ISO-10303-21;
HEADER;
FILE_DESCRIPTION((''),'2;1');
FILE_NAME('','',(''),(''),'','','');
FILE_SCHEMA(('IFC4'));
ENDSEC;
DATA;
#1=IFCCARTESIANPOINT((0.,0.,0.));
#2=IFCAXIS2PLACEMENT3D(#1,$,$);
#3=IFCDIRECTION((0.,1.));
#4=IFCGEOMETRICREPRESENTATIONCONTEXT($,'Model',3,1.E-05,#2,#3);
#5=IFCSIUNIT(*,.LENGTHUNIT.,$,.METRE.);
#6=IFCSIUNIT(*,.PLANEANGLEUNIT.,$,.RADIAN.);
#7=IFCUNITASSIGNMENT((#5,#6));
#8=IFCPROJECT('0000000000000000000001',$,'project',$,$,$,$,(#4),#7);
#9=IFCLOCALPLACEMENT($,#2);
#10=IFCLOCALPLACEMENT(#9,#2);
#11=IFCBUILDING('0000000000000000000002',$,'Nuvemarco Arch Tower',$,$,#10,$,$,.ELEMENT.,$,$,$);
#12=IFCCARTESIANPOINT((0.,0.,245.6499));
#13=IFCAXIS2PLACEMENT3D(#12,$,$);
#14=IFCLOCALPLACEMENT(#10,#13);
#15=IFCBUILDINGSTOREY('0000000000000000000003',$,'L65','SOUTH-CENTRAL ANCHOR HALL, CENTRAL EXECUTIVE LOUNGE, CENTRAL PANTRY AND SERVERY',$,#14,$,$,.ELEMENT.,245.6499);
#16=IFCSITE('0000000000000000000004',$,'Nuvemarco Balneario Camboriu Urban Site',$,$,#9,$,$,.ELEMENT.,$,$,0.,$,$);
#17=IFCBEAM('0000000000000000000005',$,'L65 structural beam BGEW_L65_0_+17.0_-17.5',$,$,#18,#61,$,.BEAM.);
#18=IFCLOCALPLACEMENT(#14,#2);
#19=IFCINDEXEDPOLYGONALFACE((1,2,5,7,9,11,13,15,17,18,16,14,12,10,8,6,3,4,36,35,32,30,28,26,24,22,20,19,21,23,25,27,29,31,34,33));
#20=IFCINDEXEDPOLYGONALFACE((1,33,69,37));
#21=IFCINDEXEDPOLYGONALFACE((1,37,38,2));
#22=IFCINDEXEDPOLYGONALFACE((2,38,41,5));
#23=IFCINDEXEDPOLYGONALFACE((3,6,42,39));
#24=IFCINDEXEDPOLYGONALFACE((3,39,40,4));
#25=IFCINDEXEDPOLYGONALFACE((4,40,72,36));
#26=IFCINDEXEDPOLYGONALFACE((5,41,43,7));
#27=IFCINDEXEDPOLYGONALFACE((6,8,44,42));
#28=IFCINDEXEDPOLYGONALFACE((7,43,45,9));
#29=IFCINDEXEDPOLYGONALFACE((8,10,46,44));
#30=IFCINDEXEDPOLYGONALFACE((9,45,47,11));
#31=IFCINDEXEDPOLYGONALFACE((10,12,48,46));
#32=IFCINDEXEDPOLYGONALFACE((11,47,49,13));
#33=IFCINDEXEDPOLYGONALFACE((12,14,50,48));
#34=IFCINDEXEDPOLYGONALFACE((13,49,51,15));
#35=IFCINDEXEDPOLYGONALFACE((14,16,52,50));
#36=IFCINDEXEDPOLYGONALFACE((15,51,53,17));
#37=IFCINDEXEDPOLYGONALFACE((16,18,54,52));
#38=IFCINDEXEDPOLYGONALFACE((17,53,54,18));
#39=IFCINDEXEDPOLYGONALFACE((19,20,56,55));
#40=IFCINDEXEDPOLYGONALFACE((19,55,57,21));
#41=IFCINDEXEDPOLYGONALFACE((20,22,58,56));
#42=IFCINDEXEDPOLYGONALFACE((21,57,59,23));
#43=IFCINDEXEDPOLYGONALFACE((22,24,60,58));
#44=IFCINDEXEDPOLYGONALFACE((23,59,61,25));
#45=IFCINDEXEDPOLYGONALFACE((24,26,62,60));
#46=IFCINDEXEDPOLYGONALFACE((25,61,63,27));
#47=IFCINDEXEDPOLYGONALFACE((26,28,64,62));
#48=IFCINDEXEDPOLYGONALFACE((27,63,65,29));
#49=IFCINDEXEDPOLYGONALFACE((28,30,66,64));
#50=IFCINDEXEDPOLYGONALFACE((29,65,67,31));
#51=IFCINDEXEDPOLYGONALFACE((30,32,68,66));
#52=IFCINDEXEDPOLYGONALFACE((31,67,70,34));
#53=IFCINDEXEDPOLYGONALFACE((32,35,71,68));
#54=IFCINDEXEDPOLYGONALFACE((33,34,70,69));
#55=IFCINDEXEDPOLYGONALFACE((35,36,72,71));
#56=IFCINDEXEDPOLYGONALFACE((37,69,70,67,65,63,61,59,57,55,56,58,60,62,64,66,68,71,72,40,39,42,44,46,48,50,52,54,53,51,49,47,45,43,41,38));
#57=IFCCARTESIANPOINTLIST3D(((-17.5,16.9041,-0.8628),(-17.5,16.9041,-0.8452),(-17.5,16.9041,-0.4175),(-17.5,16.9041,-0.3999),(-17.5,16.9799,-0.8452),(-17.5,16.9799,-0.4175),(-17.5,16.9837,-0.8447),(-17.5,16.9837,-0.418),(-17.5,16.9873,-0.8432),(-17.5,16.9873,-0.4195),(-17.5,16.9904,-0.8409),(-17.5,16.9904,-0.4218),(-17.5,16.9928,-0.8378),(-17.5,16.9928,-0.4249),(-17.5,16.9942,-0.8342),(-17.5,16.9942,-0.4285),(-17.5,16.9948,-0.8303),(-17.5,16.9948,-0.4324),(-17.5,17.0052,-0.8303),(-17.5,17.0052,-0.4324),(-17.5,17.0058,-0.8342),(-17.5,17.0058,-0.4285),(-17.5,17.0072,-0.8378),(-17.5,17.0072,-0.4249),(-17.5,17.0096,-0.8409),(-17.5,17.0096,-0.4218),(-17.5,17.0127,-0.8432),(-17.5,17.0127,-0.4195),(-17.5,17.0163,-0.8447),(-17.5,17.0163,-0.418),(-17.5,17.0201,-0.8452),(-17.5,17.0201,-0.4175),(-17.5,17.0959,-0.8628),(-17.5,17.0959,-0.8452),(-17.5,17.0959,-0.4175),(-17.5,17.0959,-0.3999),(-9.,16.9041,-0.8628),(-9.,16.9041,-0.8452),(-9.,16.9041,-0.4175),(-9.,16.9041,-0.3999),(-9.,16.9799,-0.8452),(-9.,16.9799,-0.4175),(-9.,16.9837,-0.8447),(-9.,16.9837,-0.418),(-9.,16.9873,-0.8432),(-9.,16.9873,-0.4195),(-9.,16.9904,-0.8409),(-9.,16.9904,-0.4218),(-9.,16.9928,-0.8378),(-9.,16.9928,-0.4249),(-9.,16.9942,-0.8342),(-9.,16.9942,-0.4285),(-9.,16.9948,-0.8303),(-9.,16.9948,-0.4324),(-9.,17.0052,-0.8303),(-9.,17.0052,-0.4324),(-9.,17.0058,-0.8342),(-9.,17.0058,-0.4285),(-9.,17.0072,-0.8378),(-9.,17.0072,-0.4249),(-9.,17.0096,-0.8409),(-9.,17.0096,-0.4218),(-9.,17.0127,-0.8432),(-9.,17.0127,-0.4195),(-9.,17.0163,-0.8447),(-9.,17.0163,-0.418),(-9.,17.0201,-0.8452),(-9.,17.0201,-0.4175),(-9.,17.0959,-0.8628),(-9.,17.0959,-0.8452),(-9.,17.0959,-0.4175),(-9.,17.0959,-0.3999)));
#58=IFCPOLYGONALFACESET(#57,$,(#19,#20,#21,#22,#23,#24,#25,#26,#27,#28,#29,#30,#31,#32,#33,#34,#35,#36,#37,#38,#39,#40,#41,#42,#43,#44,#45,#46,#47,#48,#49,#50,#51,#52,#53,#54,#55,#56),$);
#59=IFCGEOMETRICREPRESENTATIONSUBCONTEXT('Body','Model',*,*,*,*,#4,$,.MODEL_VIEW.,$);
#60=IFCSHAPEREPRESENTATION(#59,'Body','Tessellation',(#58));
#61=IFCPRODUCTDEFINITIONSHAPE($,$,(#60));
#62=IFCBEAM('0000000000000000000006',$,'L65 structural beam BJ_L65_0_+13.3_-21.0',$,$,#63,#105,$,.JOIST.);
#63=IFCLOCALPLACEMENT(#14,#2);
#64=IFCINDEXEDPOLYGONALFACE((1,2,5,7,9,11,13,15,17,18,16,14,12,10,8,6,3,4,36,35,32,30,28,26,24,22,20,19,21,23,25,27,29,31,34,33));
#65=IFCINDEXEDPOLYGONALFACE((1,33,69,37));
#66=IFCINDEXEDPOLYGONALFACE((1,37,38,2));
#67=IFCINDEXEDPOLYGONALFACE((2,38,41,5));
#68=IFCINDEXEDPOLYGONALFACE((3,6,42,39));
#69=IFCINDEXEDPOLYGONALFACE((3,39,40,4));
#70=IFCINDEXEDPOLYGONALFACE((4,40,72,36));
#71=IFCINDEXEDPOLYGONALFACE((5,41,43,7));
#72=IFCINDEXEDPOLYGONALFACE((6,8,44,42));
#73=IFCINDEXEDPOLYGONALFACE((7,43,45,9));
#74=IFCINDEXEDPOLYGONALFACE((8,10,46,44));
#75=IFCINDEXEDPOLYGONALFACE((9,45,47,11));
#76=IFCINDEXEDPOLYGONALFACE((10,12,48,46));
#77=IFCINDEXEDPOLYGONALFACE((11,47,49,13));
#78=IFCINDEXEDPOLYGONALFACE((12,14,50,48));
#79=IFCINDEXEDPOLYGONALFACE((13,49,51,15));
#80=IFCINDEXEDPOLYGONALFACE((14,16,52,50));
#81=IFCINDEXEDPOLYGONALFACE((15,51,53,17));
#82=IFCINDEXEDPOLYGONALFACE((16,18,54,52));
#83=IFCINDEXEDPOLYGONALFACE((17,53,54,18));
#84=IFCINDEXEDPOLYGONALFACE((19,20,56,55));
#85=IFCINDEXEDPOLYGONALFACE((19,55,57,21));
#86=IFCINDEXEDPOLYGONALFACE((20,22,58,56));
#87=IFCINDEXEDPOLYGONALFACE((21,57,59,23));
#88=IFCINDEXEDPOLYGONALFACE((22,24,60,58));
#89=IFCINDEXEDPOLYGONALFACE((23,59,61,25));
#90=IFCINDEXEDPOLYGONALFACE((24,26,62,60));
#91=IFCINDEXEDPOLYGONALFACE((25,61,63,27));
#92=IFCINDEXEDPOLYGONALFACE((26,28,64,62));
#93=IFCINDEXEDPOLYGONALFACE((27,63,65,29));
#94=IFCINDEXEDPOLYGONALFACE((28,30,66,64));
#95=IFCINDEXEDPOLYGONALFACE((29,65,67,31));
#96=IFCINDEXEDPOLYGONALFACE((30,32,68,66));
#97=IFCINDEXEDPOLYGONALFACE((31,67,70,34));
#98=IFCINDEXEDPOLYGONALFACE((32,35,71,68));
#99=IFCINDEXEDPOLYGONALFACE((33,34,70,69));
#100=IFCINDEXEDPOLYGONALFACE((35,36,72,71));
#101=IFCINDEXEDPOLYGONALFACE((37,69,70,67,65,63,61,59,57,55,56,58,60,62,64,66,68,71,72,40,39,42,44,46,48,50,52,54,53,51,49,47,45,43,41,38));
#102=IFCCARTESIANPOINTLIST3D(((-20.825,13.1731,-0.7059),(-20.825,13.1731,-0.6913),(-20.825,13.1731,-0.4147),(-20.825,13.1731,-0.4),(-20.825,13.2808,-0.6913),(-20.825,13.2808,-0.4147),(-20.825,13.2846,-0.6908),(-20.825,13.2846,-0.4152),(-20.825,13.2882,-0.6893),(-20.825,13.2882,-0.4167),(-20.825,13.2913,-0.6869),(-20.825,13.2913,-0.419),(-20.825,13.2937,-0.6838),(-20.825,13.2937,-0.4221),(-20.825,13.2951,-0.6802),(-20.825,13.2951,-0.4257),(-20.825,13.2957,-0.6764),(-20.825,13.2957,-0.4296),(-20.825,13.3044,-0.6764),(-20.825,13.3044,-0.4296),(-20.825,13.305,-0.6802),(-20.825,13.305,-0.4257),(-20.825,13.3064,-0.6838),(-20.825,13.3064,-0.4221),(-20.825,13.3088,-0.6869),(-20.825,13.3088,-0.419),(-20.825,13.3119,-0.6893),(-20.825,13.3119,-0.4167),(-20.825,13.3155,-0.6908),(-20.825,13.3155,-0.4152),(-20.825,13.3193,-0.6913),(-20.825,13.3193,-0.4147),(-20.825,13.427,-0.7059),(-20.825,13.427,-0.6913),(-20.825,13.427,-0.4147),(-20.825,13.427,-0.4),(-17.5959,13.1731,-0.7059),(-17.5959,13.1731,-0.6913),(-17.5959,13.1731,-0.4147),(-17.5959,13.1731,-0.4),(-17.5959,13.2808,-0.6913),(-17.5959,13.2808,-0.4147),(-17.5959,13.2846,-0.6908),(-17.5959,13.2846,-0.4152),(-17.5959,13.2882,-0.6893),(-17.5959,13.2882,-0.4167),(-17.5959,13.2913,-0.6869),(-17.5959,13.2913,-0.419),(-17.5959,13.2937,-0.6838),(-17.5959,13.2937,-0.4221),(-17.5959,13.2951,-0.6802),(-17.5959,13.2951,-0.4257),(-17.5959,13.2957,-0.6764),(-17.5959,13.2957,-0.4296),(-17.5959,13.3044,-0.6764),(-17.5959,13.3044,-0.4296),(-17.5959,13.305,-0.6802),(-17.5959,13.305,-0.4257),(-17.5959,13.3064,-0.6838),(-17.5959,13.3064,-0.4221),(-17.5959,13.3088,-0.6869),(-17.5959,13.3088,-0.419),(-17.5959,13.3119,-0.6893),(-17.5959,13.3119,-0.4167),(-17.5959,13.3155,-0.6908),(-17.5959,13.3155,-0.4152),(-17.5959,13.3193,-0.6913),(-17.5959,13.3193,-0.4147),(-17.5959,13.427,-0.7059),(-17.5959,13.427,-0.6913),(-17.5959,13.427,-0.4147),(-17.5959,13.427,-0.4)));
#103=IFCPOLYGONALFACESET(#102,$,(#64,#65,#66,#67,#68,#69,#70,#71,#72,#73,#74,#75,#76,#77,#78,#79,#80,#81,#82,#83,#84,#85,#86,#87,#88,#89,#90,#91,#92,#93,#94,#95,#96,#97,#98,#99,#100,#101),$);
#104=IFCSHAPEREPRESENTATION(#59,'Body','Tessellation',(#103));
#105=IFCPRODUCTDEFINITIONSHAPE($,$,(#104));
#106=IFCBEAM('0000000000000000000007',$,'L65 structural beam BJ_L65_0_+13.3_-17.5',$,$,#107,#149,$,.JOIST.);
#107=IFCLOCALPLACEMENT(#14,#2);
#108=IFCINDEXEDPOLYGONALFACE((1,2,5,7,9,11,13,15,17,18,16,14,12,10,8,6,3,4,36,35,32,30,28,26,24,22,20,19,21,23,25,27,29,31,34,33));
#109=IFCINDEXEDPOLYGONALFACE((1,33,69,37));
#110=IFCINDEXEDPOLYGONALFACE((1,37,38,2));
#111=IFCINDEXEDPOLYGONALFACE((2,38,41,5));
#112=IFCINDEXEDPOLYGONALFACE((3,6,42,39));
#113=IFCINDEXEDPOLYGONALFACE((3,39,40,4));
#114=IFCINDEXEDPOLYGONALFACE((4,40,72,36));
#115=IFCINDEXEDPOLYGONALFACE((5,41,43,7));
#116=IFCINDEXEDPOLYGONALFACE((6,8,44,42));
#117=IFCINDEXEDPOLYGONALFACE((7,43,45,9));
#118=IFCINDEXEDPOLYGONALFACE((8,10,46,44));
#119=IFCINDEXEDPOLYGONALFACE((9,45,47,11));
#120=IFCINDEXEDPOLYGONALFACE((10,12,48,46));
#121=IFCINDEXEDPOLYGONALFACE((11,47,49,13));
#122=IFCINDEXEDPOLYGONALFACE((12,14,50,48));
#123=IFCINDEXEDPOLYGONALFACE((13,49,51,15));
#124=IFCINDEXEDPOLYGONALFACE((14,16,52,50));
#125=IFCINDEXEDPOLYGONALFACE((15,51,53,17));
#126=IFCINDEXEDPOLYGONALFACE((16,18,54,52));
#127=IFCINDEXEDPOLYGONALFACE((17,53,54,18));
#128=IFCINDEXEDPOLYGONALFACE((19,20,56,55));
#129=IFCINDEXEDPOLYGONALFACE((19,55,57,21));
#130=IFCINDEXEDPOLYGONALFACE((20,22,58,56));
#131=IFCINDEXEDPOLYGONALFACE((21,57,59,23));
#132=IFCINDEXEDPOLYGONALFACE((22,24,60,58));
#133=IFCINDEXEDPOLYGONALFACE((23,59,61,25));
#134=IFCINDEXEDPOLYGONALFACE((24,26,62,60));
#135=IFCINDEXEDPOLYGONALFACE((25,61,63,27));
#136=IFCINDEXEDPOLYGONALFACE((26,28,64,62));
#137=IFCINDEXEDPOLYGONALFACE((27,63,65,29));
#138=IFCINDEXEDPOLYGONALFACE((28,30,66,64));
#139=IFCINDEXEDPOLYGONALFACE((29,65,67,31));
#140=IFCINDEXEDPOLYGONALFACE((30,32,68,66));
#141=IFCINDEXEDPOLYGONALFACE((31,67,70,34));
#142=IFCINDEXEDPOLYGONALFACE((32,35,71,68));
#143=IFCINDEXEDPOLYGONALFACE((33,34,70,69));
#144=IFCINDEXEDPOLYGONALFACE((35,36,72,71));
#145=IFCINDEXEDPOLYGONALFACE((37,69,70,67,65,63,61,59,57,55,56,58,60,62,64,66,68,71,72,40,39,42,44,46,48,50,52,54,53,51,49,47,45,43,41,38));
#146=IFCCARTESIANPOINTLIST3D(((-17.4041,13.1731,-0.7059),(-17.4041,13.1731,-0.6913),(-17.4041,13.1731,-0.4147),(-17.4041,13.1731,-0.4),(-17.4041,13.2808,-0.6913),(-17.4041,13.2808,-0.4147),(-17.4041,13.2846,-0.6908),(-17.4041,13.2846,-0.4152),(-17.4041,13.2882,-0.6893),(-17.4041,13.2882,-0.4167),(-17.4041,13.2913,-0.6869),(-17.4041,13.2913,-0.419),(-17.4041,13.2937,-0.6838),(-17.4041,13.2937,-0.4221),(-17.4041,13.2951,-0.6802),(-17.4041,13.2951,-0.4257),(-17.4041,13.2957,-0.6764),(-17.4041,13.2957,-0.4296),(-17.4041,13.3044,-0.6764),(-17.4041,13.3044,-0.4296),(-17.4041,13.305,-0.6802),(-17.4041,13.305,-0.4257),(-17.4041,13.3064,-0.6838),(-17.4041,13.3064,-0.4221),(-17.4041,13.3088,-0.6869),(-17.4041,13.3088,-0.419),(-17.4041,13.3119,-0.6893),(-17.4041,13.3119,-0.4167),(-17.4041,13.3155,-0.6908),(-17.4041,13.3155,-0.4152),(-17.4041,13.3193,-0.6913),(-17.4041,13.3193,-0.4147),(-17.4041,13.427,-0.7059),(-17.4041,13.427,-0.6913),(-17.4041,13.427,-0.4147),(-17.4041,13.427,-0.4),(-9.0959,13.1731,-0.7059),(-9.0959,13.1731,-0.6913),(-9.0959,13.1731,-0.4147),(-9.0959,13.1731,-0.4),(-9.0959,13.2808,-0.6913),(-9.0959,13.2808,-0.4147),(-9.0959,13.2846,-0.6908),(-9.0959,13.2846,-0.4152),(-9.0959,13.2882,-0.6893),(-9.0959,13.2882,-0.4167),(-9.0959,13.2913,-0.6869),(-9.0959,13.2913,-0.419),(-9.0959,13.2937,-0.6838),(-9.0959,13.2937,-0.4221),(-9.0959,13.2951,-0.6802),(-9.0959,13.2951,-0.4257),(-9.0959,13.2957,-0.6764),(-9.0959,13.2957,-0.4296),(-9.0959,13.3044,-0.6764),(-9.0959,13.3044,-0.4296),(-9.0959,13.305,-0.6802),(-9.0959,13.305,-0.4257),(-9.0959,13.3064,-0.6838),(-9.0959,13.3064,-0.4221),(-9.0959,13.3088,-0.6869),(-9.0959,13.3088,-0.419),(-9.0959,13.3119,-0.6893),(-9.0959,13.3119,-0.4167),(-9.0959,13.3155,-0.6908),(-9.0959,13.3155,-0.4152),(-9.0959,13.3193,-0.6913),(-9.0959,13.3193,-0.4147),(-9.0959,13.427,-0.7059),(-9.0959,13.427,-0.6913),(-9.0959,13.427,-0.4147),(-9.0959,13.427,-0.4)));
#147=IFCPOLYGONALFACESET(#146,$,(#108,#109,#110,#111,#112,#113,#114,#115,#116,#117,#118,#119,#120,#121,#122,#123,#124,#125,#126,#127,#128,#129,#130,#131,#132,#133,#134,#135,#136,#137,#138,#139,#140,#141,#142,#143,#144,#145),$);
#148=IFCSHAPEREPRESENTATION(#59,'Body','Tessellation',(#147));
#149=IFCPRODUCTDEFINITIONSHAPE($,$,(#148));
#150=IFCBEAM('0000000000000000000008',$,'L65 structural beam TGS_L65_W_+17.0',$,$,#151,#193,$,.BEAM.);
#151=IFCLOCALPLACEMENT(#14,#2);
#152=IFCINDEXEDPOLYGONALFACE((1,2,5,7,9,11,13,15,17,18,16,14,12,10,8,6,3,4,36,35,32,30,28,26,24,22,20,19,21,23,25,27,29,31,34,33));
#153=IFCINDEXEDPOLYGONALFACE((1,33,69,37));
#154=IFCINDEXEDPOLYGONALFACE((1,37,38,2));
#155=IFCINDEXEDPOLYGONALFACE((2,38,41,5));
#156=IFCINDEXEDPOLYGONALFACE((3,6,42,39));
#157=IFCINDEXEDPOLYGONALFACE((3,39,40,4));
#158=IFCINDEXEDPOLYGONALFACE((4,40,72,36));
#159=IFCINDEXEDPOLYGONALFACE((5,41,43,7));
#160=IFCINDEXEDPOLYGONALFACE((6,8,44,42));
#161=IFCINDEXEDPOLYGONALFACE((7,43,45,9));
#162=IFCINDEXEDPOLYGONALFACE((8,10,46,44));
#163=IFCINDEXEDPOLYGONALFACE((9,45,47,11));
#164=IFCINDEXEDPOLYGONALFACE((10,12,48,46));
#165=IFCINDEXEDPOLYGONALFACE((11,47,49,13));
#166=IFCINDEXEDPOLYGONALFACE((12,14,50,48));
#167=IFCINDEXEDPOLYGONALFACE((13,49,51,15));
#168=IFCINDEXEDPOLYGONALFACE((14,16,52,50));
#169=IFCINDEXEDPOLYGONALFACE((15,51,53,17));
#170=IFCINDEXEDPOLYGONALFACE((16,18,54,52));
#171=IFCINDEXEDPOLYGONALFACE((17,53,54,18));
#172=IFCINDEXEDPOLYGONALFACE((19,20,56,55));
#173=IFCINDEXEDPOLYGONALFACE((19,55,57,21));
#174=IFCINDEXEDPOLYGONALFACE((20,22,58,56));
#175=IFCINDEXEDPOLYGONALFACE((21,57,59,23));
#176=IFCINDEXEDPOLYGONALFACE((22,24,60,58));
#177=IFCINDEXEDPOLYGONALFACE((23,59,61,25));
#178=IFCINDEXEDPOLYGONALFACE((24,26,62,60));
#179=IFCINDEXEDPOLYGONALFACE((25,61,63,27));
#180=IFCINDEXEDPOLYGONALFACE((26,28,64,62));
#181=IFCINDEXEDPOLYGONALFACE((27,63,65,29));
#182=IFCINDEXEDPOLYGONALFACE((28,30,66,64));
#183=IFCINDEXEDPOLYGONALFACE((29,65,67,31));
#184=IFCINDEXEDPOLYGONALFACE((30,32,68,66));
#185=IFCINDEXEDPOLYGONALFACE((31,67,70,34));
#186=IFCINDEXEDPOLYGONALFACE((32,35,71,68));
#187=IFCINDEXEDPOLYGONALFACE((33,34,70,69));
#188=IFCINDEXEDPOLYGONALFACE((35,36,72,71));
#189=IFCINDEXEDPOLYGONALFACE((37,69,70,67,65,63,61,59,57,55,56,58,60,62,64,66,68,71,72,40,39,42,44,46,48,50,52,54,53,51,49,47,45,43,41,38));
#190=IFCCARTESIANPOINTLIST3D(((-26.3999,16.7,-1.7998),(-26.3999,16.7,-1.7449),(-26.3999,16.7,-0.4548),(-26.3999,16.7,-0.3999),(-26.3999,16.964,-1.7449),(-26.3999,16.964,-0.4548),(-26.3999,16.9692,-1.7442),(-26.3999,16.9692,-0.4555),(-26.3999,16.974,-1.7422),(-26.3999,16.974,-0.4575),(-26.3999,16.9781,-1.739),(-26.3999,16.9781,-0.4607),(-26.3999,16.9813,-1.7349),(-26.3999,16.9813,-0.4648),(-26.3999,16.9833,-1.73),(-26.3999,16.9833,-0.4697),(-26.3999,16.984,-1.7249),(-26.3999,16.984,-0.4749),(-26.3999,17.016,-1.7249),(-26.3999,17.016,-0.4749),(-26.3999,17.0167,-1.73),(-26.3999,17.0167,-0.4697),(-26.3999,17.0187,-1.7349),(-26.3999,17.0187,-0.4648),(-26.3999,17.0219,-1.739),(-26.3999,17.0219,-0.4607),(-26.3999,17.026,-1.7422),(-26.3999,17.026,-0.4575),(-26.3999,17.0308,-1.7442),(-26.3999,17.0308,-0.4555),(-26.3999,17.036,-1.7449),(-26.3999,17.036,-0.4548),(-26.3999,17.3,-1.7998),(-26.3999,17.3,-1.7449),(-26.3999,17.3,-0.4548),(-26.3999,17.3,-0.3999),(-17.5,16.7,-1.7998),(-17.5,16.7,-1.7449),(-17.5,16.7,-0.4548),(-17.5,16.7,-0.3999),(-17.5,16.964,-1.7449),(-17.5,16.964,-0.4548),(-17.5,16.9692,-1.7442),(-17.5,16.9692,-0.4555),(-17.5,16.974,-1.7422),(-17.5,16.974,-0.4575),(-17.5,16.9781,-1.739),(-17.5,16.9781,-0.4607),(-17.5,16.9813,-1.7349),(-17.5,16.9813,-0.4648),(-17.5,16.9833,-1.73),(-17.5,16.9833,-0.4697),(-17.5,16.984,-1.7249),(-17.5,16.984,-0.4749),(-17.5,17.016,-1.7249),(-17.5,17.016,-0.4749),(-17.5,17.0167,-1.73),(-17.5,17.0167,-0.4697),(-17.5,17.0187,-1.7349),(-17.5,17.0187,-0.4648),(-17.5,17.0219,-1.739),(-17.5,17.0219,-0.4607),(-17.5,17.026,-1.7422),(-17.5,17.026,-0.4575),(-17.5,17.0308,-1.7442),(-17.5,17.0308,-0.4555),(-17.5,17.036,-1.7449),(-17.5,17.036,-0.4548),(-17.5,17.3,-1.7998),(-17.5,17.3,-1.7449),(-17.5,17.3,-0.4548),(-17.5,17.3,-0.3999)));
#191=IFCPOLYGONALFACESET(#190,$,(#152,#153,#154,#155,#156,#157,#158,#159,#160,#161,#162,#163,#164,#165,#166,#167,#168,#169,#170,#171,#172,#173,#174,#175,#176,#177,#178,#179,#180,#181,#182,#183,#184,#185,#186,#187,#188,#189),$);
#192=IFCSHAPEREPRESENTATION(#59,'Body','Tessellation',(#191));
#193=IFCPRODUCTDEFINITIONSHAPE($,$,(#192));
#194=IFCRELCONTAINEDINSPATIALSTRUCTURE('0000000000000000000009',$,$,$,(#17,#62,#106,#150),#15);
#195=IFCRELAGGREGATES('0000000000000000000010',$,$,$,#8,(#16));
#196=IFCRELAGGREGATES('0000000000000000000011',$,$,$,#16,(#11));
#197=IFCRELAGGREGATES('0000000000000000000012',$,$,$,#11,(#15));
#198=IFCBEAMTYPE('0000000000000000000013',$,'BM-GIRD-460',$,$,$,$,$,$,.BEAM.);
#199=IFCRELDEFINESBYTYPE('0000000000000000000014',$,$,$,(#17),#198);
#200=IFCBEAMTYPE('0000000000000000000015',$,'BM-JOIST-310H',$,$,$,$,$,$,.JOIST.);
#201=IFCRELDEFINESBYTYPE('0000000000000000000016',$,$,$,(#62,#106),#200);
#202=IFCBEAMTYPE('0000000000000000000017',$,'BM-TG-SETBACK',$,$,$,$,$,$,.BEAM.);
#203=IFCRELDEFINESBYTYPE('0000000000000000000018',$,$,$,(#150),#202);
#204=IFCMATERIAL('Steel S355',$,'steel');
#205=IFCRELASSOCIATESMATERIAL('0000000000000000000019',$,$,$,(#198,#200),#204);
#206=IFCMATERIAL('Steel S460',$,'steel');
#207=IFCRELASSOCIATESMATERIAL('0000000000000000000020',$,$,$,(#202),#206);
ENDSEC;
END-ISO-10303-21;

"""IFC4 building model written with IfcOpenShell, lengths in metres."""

from ifc_helpers import new_model, si_unit, direction, frame, origin, origin_2d, place, context, subcontext, project, spatial, i_section, extrude, material, material_profile, profile_set, type_object, element, save


model = new_model("IFC4")

# Units and contexts
model_context = context("Model", 3, precision=1e-05, world=origin(), true_north=direction((0.0, 1.0)))
body_context = subcontext(model_context, "Body", "Model", "MODEL_VIEW")
ifc_project = project(units=[si_unit("LENGTHUNIT", "METRE"), si_unit("PLANEANGLEUNIT", "RADIAN")], contexts=[model_context])

# Site, building, storey
site_placement = place(None, origin())
site = spatial("IfcSite", under=ifc_project, at=site_placement, Name="Nuvemarco Balneario Camboriu Urban Site", CompositionType="ELEMENT", RefElevation=0.0)
building_placement = place(site_placement, origin())
building = spatial("IfcBuilding", under=site, at=building_placement, Name="Nuvemarco Arch Tower", CompositionType="ELEMENT")
storey_placement = place(building_placement, frame((0.0, 0.0, 245.6499)))
storey = spatial("IfcBuildingStorey", under=building, at=storey_placement, Name="L65", Description="SOUTH-CENTRAL ANCHOR HALL, CENTRAL EXECUTIVE LOUNGE, CENTRAL PANTRY AND SERVERY", CompositionType="ELEMENT", Elevation=245.6499)

# Shared definitions
ifc_material_1 = material(Name="Steel S355", Category="steel")

# Beams
ifc_material_profile_1 = material_profile(ifc_material_1, i_section(OverallWidth=0.1919, OverallDepth=0.4629, WebThickness=0.0105, FlangeThickness=0.0176, FilletRadius=0.0149, at=origin_2d()), Name="W460x89")
ifc_profile_set_1 = profile_set([ifc_material_profile_1], Name="Steel S355")
beam_type_1 = type_object("IfcBeamType", Name="BM-GIRD-460", PredefinedType="BEAM", material=ifc_profile_set_1)
for number, where, z_axis, x_axis, name in (
    (1, (-17.5, 17.0, -0.6313), (1.0, 0.0, 0.0), (0.0, 1.0, 0.0), "L65 structural beam BGEW_L65_0_+17.0_-17.5"),
):
    element("IfcBeam", number, at=place(storey_placement, frame(where, z_axis=z_axis, x_axis=x_axis)), inside=storey, type_object=beam_type_1, Name=name, PredefinedType="BEAM", context=body_context, shape_type="SweptSolid", body=[
        extrude(i_section(OverallWidth=0.1919, OverallDepth=0.4629, WebThickness=0.0105, FlangeThickness=0.0176, FilletRadius=0.0149, at=origin_2d()), origin(), (0.0, 0.0, 1.0), 8.5),
    ])
ifc_material_profile_2 = material_profile(ifc_material_1, i_section(OverallWidth=0.2539, OverallDepth=0.3059, WebThickness=0.0088, FlangeThickness=0.0146, FilletRadius=0.0149, at=origin_2d()), Name="W310x79")
ifc_profile_set_2 = profile_set([ifc_material_profile_2], Name="Steel S355")
beam_type_2 = type_object("IfcBeamType", Name="BM-JOIST-310H", PredefinedType="JOIST", material=ifc_profile_set_2)
beam_1_placement = place(storey_placement, frame((-20.825, 13.3, -0.553), z_axis=(1.0, 0.0, 0.0), x_axis=(0.0, 1.0, 0.0)))
element("IfcBeam", 2, at=beam_1_placement, inside=storey, type_object=beam_type_2, Name="L65 structural beam BJ_L65_0_+13.3_-21.0", PredefinedType="JOIST", context=body_context, shape_type="SweptSolid", body=[
    extrude(i_section(OverallWidth=0.2539, OverallDepth=0.3059, WebThickness=0.0088, FlangeThickness=0.0146, FilletRadius=0.0149, at=origin_2d()), origin(), (0.0, 0.0, 1.0), 3.229),
])
beam_2_placement = place(storey_placement, frame((-17.4041, 13.3, -0.553), z_axis=(1.0, 0.0, 0.0), x_axis=(0.0, 1.0, 0.0)))
element("IfcBeam", 3, at=beam_2_placement, inside=storey, type_object=beam_type_2, Name="L65 structural beam BJ_L65_0_+13.3_-17.5", PredefinedType="JOIST", context=body_context, shape_type="SweptSolid", body=[
    extrude(i_section(OverallWidth=0.2539, OverallDepth=0.3059, WebThickness=0.0088, FlangeThickness=0.0146, FilletRadius=0.0149, at=origin_2d()), origin(), (0.0, 0.0, 1.0), 8.3081),
])
ifc_material_2 = material(Name="Steel S460", Category="steel")
ifc_material_profile_3 = material_profile(ifc_material_2, i_section(OverallWidth=0.6001, OverallDepth=1.3999, WebThickness=0.032, FlangeThickness=0.0549, FilletRadius=0.02, at=origin_2d()), Name="PG1400x600")
ifc_profile_set_3 = profile_set([ifc_material_profile_3], Name="Steel S460")
beam_type_3 = type_object("IfcBeamType", Name="BM-TG-SETBACK", PredefinedType="BEAM", material=ifc_profile_set_3)
beam_3_placement = place(storey_placement, frame((-26.3999, 17.0, -1.0999), z_axis=(1.0, 0.0, 0.0), x_axis=(0.0, 1.0, 0.0)))
element("IfcBeam", 4, at=beam_3_placement, inside=storey, type_object=beam_type_3, Name="L65 structural beam TGS_L65_W_+17.0", PredefinedType="BEAM", context=body_context, shape_type="SweptSolid", body=[
    extrude(i_section(OverallWidth=0.6001, OverallDepth=1.3999, WebThickness=0.032, FlangeThickness=0.0549, FilletRadius=0.02, at=origin_2d()), origin(), (0.0, 0.0, 1.0), 8.8999),
])

save(model, "model.ifc")
